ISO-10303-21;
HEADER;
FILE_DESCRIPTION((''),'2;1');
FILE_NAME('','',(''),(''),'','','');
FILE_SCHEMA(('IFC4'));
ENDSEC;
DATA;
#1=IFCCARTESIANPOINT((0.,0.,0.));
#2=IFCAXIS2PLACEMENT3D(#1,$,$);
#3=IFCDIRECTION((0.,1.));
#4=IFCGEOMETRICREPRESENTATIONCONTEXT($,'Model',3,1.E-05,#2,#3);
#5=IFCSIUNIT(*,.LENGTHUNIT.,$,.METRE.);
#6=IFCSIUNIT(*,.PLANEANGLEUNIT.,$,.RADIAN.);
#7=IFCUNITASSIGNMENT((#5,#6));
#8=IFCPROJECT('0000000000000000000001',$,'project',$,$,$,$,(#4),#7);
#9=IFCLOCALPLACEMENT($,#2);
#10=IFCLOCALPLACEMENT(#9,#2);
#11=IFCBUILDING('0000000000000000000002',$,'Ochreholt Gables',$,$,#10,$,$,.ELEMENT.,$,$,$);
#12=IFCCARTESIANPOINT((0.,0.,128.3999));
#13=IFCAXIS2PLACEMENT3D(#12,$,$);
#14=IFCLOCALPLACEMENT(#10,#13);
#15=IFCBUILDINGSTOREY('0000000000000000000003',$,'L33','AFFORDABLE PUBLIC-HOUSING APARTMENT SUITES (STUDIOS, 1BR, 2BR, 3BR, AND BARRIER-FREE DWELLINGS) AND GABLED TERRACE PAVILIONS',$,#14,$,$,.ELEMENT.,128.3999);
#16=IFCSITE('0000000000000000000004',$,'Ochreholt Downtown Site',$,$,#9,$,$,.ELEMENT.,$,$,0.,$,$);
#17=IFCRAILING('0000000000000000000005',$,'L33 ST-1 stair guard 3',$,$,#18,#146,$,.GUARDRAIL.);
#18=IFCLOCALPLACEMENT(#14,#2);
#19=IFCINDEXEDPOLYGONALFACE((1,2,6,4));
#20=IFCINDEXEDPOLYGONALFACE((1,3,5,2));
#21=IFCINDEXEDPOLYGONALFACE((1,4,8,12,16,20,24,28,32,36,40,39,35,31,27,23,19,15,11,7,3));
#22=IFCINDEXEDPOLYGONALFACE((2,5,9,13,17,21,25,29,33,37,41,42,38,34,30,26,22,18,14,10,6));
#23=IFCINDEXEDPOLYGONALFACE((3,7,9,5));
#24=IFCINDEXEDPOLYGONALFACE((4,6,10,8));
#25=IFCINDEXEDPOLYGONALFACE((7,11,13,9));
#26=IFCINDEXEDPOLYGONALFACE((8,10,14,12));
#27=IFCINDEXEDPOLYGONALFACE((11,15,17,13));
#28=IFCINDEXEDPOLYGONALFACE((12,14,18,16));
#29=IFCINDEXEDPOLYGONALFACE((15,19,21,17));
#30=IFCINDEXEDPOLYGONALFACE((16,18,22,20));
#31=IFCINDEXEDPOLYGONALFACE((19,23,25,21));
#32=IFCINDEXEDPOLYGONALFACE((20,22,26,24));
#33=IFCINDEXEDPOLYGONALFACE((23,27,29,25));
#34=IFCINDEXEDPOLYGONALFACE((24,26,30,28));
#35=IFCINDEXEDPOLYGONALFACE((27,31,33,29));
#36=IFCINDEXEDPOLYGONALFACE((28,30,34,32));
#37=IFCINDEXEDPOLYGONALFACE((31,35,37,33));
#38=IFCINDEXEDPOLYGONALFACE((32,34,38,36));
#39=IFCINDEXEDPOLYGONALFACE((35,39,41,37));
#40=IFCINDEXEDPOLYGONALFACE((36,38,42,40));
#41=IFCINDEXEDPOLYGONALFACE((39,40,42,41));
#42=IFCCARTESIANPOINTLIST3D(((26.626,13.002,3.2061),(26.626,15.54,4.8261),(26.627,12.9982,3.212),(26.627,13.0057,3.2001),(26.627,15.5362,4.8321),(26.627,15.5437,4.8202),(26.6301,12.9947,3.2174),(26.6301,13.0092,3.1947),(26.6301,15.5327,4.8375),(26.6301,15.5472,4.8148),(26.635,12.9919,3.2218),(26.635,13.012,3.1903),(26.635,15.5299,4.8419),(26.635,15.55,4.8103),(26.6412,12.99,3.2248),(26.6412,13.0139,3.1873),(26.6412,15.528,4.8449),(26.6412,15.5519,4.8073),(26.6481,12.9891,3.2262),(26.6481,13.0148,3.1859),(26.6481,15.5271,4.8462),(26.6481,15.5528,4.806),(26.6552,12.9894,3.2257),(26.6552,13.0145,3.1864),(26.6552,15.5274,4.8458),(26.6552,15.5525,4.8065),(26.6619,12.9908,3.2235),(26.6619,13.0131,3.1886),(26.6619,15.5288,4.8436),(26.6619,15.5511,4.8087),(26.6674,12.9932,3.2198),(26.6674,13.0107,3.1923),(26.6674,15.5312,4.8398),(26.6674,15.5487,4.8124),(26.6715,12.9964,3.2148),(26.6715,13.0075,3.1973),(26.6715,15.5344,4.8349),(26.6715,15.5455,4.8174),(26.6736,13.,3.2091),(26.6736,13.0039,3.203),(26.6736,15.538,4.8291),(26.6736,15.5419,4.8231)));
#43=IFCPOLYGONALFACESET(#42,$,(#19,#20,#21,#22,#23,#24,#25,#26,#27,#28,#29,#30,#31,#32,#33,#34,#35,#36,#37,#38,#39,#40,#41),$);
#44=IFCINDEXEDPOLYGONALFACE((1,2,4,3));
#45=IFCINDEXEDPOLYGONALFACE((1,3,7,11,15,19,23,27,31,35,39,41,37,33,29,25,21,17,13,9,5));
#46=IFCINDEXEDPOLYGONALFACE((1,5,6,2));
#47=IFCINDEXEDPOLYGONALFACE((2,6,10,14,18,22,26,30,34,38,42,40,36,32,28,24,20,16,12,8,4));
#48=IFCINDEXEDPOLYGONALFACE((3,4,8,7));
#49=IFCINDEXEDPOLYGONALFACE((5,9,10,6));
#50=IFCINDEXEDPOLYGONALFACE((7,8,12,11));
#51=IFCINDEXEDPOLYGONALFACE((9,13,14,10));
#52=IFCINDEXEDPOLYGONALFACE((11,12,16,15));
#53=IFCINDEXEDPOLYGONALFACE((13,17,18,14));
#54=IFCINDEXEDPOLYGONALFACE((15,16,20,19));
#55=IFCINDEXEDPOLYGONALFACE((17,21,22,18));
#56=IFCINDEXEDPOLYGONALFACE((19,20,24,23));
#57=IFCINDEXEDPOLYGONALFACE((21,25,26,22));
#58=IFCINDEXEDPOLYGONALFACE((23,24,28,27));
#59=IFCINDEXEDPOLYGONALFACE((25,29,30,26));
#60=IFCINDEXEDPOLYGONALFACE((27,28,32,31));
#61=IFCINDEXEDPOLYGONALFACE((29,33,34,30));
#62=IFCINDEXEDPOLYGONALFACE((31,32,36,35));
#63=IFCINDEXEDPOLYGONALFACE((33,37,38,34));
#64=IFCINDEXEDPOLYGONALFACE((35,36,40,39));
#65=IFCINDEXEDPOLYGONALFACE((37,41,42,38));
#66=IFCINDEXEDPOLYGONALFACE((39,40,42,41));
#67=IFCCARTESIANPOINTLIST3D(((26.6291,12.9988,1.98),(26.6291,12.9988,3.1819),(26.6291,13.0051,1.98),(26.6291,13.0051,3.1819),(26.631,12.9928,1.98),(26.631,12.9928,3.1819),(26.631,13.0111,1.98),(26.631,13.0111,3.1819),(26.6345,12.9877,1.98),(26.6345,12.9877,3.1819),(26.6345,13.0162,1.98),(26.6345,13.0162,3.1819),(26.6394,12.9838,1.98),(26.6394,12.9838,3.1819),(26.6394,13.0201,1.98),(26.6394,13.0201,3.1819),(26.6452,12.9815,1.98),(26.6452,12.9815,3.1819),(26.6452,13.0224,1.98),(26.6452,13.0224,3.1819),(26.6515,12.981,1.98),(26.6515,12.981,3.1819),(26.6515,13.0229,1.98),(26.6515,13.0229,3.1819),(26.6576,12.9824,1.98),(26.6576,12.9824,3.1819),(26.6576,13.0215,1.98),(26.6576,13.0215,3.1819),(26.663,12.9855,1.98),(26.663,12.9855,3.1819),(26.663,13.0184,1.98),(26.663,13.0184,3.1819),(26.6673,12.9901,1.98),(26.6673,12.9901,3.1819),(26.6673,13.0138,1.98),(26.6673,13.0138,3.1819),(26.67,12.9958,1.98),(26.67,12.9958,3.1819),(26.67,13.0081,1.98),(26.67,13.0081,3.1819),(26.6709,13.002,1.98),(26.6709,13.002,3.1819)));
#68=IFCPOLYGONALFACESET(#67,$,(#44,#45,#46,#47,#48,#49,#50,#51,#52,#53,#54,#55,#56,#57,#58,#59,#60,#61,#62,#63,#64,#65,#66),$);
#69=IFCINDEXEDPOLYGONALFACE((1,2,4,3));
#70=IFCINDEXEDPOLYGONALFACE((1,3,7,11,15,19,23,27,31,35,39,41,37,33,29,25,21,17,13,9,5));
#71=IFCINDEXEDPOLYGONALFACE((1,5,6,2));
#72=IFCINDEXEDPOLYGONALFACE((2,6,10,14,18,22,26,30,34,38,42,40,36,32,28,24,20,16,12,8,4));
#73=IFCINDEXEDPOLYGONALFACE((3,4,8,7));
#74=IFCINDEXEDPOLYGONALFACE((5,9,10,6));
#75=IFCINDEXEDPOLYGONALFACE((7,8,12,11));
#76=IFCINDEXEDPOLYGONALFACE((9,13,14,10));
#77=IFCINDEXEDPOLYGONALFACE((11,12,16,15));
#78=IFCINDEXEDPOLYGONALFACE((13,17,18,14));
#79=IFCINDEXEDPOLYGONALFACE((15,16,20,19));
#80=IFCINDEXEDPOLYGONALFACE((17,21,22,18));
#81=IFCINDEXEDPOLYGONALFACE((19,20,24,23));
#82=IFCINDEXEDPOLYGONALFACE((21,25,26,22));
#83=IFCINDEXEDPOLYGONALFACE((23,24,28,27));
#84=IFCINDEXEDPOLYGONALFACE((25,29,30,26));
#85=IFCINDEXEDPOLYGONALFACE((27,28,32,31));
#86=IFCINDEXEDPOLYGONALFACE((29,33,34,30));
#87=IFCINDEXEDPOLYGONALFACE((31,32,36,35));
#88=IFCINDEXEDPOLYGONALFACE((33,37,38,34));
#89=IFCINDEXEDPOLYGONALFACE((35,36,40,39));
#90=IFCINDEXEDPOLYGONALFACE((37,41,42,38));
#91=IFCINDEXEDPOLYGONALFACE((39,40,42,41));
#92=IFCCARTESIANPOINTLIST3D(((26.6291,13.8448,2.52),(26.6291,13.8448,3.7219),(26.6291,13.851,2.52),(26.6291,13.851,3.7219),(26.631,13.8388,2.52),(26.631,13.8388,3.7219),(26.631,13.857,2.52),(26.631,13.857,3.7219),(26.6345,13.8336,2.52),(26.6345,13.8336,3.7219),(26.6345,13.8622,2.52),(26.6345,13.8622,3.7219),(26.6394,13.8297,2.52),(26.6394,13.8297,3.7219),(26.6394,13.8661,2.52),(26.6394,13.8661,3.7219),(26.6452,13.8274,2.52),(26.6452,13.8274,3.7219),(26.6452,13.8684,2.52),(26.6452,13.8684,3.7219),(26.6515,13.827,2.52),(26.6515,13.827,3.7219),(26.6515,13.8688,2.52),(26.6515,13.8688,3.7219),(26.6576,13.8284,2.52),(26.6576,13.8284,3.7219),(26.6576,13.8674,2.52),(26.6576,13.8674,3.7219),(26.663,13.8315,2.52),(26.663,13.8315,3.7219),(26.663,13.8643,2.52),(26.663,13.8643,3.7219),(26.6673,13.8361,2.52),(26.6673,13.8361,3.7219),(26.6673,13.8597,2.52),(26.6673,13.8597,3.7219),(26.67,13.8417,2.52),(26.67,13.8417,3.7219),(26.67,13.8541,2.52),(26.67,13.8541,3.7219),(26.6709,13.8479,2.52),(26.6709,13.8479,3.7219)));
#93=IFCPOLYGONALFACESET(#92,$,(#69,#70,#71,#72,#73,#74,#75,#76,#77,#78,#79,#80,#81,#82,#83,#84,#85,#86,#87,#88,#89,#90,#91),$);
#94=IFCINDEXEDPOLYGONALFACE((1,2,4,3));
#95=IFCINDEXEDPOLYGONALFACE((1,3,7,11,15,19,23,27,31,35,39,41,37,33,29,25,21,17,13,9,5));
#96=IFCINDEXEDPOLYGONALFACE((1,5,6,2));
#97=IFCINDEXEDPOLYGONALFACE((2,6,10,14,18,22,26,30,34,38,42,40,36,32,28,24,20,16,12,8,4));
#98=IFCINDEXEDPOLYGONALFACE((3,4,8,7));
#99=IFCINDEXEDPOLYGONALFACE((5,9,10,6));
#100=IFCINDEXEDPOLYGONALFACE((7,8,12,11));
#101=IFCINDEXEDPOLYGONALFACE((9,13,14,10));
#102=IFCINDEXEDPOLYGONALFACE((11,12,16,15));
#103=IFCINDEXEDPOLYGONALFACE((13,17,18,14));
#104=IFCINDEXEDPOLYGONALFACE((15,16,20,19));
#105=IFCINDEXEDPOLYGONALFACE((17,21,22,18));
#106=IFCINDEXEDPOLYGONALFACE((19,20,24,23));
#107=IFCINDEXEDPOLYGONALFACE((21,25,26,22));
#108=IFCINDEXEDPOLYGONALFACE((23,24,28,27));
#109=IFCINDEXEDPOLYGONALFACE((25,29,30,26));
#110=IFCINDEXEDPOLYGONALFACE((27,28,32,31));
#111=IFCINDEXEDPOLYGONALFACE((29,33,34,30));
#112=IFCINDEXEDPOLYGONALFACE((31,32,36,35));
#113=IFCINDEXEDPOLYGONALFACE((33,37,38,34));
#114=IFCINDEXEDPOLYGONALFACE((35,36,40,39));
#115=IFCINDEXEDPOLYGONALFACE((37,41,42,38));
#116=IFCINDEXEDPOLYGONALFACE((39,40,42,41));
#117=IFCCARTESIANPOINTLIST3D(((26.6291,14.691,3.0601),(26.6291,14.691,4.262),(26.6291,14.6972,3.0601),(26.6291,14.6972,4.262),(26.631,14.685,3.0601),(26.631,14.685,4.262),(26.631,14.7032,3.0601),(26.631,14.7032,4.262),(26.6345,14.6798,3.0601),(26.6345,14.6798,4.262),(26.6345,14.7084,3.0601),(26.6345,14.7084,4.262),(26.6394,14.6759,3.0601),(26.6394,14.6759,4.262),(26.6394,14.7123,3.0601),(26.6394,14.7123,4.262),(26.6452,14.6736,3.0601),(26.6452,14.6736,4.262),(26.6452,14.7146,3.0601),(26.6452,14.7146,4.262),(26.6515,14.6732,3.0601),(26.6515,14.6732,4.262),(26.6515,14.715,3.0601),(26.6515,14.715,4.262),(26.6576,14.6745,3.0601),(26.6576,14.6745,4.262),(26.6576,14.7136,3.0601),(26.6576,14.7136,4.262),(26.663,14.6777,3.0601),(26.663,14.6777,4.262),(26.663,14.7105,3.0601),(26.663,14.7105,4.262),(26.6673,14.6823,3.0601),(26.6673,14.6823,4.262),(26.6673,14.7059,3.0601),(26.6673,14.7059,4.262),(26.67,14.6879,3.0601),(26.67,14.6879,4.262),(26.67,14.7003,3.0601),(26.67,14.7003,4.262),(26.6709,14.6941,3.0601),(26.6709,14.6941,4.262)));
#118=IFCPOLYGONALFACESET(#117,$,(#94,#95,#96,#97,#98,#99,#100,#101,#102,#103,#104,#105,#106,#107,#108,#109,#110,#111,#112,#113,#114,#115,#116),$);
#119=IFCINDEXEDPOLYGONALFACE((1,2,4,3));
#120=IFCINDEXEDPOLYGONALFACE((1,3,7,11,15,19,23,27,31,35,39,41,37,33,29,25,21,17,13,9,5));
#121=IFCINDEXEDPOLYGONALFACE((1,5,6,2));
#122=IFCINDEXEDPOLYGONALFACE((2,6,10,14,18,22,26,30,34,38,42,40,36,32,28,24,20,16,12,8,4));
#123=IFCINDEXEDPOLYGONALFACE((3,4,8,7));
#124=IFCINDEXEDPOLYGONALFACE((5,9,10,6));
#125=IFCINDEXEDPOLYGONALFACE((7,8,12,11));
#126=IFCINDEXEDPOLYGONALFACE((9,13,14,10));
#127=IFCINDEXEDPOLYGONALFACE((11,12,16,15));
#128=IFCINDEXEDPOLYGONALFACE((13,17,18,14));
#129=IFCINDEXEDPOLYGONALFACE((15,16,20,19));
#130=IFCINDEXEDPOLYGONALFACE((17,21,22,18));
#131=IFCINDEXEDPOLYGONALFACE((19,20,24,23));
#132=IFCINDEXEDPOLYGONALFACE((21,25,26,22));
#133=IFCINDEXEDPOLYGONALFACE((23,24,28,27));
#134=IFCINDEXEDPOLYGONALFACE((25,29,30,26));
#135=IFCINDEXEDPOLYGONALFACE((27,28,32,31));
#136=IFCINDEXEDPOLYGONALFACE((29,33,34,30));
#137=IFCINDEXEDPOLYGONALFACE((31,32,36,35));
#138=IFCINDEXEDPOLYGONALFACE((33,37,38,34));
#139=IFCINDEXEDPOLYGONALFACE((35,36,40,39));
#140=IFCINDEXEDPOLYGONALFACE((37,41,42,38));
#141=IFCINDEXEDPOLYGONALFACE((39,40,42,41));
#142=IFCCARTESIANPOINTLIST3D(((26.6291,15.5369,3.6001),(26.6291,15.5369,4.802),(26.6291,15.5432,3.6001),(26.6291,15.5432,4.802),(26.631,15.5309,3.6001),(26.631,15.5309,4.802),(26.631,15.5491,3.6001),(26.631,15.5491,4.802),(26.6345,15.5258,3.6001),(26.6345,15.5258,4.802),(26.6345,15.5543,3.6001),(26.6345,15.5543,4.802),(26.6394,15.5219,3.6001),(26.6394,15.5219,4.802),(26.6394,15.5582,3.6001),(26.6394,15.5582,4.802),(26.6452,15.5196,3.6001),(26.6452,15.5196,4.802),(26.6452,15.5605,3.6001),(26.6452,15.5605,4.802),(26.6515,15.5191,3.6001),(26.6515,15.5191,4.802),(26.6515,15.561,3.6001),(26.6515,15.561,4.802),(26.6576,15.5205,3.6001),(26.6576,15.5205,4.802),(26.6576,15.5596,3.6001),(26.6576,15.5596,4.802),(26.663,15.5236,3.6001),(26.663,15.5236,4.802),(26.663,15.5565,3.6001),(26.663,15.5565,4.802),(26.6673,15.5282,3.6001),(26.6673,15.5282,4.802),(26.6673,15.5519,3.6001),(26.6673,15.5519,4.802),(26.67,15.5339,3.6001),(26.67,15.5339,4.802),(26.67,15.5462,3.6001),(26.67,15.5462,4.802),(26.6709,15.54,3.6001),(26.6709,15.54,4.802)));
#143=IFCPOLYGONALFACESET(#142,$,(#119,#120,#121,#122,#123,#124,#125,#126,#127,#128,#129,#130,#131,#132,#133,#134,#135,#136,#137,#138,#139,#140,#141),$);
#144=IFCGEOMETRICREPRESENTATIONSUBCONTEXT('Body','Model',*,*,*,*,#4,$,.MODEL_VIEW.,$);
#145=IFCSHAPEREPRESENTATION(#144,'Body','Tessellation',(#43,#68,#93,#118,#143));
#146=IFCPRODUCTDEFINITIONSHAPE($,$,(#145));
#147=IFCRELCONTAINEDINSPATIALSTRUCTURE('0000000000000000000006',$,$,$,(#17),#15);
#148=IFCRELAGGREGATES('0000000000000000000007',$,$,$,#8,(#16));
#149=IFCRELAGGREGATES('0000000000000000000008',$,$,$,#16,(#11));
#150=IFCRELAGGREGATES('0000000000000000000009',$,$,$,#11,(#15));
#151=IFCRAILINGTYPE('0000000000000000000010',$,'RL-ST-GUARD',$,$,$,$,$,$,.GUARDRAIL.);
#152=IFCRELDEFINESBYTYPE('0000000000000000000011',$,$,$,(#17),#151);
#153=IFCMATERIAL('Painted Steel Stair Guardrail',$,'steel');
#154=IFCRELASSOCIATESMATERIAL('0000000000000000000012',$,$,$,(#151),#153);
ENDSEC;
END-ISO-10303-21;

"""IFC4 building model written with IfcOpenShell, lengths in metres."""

from ifc_helpers import new_model, si_unit, direction, frame, origin, origin_2d, place, context, subcontext, project, spatial, circle, extrude, material, type_object, element, save


model = new_model("IFC4")

# Units and contexts
model_context = context("Model", 3, precision=1e-05, world=origin(), true_north=direction((0.0, 1.0)))
body_context = subcontext(model_context, "Body", "Model", "MODEL_VIEW")
ifc_project = project(units=[si_unit("LENGTHUNIT", "METRE"), si_unit("PLANEANGLEUNIT", "RADIAN")], contexts=[model_context])

# Site, building, storey
site_placement = place(None, origin())
site = spatial("IfcSite", under=ifc_project, at=site_placement, Name="Ochreholt Downtown Site", CompositionType="ELEMENT", RefElevation=0.0)
building_placement = place(site_placement, origin())
building = spatial("IfcBuilding", under=site, at=building_placement, Name="Ochreholt Gables", CompositionType="ELEMENT")
storey_placement = place(building_placement, frame((0.0, 0.0, 128.3999)))
storey = spatial("IfcBuildingStorey", under=building, at=storey_placement, Name="L33", Description="AFFORDABLE PUBLIC-HOUSING APARTMENT SUITES (STUDIOS, 1BR, 2BR, 3BR, AND BARRIER-FREE DWELLINGS) AND GABLED TERRACE PAVILIONS", CompositionType="ELEMENT", Elevation=128.3999)

# Railing
ifc_material_1 = material(Name="Painted Steel Stair Guardrail", Category="steel")
railing_type_1 = type_object("IfcRailingType", Name="RL-ST-GUARD", PredefinedType="GUARDRAIL", material=ifc_material_1)
railing_1_placement = place(storey_placement, frame((26.6499, 13.002, 1.98)))
element("IfcRailing", 1, at=railing_1_placement, inside=storey, type_object=railing_type_1, Name="L33 ST-1 stair guard 3", PredefinedType="GUARDRAIL", context=body_context, shape_type="SweptSolid", body=[
    extrude(circle(Radius=0.0239, at=origin_2d()), frame((0.0, 0.0, 1.2261), z_axis=(0.0, 0.842913, 0.53805), x_axis=(-1.0, 0.0, 0.0)), (0.0, 0.0, 1.0), 3.011),
    extrude(circle(Radius=0.021, at=origin_2d()), origin(), (0.0, 0.0, 1.0), 1.2019),
    extrude(circle(Radius=0.021, at=origin_2d()), frame((0.0, 0.8459, 0.54)), (0.0, 0.0, 1.0), 1.2019),
    extrude(circle(Radius=0.021, at=origin_2d()), frame((0.0, 1.6921, 1.0801)), (0.0, 0.0, 1.0), 1.2019),
    extrude(circle(Radius=0.021, at=origin_2d()), frame((0.0, 2.5381, 1.6201)), (0.0, 0.0, 1.0), 1.2019),
])

save(model, "model.ifc")
